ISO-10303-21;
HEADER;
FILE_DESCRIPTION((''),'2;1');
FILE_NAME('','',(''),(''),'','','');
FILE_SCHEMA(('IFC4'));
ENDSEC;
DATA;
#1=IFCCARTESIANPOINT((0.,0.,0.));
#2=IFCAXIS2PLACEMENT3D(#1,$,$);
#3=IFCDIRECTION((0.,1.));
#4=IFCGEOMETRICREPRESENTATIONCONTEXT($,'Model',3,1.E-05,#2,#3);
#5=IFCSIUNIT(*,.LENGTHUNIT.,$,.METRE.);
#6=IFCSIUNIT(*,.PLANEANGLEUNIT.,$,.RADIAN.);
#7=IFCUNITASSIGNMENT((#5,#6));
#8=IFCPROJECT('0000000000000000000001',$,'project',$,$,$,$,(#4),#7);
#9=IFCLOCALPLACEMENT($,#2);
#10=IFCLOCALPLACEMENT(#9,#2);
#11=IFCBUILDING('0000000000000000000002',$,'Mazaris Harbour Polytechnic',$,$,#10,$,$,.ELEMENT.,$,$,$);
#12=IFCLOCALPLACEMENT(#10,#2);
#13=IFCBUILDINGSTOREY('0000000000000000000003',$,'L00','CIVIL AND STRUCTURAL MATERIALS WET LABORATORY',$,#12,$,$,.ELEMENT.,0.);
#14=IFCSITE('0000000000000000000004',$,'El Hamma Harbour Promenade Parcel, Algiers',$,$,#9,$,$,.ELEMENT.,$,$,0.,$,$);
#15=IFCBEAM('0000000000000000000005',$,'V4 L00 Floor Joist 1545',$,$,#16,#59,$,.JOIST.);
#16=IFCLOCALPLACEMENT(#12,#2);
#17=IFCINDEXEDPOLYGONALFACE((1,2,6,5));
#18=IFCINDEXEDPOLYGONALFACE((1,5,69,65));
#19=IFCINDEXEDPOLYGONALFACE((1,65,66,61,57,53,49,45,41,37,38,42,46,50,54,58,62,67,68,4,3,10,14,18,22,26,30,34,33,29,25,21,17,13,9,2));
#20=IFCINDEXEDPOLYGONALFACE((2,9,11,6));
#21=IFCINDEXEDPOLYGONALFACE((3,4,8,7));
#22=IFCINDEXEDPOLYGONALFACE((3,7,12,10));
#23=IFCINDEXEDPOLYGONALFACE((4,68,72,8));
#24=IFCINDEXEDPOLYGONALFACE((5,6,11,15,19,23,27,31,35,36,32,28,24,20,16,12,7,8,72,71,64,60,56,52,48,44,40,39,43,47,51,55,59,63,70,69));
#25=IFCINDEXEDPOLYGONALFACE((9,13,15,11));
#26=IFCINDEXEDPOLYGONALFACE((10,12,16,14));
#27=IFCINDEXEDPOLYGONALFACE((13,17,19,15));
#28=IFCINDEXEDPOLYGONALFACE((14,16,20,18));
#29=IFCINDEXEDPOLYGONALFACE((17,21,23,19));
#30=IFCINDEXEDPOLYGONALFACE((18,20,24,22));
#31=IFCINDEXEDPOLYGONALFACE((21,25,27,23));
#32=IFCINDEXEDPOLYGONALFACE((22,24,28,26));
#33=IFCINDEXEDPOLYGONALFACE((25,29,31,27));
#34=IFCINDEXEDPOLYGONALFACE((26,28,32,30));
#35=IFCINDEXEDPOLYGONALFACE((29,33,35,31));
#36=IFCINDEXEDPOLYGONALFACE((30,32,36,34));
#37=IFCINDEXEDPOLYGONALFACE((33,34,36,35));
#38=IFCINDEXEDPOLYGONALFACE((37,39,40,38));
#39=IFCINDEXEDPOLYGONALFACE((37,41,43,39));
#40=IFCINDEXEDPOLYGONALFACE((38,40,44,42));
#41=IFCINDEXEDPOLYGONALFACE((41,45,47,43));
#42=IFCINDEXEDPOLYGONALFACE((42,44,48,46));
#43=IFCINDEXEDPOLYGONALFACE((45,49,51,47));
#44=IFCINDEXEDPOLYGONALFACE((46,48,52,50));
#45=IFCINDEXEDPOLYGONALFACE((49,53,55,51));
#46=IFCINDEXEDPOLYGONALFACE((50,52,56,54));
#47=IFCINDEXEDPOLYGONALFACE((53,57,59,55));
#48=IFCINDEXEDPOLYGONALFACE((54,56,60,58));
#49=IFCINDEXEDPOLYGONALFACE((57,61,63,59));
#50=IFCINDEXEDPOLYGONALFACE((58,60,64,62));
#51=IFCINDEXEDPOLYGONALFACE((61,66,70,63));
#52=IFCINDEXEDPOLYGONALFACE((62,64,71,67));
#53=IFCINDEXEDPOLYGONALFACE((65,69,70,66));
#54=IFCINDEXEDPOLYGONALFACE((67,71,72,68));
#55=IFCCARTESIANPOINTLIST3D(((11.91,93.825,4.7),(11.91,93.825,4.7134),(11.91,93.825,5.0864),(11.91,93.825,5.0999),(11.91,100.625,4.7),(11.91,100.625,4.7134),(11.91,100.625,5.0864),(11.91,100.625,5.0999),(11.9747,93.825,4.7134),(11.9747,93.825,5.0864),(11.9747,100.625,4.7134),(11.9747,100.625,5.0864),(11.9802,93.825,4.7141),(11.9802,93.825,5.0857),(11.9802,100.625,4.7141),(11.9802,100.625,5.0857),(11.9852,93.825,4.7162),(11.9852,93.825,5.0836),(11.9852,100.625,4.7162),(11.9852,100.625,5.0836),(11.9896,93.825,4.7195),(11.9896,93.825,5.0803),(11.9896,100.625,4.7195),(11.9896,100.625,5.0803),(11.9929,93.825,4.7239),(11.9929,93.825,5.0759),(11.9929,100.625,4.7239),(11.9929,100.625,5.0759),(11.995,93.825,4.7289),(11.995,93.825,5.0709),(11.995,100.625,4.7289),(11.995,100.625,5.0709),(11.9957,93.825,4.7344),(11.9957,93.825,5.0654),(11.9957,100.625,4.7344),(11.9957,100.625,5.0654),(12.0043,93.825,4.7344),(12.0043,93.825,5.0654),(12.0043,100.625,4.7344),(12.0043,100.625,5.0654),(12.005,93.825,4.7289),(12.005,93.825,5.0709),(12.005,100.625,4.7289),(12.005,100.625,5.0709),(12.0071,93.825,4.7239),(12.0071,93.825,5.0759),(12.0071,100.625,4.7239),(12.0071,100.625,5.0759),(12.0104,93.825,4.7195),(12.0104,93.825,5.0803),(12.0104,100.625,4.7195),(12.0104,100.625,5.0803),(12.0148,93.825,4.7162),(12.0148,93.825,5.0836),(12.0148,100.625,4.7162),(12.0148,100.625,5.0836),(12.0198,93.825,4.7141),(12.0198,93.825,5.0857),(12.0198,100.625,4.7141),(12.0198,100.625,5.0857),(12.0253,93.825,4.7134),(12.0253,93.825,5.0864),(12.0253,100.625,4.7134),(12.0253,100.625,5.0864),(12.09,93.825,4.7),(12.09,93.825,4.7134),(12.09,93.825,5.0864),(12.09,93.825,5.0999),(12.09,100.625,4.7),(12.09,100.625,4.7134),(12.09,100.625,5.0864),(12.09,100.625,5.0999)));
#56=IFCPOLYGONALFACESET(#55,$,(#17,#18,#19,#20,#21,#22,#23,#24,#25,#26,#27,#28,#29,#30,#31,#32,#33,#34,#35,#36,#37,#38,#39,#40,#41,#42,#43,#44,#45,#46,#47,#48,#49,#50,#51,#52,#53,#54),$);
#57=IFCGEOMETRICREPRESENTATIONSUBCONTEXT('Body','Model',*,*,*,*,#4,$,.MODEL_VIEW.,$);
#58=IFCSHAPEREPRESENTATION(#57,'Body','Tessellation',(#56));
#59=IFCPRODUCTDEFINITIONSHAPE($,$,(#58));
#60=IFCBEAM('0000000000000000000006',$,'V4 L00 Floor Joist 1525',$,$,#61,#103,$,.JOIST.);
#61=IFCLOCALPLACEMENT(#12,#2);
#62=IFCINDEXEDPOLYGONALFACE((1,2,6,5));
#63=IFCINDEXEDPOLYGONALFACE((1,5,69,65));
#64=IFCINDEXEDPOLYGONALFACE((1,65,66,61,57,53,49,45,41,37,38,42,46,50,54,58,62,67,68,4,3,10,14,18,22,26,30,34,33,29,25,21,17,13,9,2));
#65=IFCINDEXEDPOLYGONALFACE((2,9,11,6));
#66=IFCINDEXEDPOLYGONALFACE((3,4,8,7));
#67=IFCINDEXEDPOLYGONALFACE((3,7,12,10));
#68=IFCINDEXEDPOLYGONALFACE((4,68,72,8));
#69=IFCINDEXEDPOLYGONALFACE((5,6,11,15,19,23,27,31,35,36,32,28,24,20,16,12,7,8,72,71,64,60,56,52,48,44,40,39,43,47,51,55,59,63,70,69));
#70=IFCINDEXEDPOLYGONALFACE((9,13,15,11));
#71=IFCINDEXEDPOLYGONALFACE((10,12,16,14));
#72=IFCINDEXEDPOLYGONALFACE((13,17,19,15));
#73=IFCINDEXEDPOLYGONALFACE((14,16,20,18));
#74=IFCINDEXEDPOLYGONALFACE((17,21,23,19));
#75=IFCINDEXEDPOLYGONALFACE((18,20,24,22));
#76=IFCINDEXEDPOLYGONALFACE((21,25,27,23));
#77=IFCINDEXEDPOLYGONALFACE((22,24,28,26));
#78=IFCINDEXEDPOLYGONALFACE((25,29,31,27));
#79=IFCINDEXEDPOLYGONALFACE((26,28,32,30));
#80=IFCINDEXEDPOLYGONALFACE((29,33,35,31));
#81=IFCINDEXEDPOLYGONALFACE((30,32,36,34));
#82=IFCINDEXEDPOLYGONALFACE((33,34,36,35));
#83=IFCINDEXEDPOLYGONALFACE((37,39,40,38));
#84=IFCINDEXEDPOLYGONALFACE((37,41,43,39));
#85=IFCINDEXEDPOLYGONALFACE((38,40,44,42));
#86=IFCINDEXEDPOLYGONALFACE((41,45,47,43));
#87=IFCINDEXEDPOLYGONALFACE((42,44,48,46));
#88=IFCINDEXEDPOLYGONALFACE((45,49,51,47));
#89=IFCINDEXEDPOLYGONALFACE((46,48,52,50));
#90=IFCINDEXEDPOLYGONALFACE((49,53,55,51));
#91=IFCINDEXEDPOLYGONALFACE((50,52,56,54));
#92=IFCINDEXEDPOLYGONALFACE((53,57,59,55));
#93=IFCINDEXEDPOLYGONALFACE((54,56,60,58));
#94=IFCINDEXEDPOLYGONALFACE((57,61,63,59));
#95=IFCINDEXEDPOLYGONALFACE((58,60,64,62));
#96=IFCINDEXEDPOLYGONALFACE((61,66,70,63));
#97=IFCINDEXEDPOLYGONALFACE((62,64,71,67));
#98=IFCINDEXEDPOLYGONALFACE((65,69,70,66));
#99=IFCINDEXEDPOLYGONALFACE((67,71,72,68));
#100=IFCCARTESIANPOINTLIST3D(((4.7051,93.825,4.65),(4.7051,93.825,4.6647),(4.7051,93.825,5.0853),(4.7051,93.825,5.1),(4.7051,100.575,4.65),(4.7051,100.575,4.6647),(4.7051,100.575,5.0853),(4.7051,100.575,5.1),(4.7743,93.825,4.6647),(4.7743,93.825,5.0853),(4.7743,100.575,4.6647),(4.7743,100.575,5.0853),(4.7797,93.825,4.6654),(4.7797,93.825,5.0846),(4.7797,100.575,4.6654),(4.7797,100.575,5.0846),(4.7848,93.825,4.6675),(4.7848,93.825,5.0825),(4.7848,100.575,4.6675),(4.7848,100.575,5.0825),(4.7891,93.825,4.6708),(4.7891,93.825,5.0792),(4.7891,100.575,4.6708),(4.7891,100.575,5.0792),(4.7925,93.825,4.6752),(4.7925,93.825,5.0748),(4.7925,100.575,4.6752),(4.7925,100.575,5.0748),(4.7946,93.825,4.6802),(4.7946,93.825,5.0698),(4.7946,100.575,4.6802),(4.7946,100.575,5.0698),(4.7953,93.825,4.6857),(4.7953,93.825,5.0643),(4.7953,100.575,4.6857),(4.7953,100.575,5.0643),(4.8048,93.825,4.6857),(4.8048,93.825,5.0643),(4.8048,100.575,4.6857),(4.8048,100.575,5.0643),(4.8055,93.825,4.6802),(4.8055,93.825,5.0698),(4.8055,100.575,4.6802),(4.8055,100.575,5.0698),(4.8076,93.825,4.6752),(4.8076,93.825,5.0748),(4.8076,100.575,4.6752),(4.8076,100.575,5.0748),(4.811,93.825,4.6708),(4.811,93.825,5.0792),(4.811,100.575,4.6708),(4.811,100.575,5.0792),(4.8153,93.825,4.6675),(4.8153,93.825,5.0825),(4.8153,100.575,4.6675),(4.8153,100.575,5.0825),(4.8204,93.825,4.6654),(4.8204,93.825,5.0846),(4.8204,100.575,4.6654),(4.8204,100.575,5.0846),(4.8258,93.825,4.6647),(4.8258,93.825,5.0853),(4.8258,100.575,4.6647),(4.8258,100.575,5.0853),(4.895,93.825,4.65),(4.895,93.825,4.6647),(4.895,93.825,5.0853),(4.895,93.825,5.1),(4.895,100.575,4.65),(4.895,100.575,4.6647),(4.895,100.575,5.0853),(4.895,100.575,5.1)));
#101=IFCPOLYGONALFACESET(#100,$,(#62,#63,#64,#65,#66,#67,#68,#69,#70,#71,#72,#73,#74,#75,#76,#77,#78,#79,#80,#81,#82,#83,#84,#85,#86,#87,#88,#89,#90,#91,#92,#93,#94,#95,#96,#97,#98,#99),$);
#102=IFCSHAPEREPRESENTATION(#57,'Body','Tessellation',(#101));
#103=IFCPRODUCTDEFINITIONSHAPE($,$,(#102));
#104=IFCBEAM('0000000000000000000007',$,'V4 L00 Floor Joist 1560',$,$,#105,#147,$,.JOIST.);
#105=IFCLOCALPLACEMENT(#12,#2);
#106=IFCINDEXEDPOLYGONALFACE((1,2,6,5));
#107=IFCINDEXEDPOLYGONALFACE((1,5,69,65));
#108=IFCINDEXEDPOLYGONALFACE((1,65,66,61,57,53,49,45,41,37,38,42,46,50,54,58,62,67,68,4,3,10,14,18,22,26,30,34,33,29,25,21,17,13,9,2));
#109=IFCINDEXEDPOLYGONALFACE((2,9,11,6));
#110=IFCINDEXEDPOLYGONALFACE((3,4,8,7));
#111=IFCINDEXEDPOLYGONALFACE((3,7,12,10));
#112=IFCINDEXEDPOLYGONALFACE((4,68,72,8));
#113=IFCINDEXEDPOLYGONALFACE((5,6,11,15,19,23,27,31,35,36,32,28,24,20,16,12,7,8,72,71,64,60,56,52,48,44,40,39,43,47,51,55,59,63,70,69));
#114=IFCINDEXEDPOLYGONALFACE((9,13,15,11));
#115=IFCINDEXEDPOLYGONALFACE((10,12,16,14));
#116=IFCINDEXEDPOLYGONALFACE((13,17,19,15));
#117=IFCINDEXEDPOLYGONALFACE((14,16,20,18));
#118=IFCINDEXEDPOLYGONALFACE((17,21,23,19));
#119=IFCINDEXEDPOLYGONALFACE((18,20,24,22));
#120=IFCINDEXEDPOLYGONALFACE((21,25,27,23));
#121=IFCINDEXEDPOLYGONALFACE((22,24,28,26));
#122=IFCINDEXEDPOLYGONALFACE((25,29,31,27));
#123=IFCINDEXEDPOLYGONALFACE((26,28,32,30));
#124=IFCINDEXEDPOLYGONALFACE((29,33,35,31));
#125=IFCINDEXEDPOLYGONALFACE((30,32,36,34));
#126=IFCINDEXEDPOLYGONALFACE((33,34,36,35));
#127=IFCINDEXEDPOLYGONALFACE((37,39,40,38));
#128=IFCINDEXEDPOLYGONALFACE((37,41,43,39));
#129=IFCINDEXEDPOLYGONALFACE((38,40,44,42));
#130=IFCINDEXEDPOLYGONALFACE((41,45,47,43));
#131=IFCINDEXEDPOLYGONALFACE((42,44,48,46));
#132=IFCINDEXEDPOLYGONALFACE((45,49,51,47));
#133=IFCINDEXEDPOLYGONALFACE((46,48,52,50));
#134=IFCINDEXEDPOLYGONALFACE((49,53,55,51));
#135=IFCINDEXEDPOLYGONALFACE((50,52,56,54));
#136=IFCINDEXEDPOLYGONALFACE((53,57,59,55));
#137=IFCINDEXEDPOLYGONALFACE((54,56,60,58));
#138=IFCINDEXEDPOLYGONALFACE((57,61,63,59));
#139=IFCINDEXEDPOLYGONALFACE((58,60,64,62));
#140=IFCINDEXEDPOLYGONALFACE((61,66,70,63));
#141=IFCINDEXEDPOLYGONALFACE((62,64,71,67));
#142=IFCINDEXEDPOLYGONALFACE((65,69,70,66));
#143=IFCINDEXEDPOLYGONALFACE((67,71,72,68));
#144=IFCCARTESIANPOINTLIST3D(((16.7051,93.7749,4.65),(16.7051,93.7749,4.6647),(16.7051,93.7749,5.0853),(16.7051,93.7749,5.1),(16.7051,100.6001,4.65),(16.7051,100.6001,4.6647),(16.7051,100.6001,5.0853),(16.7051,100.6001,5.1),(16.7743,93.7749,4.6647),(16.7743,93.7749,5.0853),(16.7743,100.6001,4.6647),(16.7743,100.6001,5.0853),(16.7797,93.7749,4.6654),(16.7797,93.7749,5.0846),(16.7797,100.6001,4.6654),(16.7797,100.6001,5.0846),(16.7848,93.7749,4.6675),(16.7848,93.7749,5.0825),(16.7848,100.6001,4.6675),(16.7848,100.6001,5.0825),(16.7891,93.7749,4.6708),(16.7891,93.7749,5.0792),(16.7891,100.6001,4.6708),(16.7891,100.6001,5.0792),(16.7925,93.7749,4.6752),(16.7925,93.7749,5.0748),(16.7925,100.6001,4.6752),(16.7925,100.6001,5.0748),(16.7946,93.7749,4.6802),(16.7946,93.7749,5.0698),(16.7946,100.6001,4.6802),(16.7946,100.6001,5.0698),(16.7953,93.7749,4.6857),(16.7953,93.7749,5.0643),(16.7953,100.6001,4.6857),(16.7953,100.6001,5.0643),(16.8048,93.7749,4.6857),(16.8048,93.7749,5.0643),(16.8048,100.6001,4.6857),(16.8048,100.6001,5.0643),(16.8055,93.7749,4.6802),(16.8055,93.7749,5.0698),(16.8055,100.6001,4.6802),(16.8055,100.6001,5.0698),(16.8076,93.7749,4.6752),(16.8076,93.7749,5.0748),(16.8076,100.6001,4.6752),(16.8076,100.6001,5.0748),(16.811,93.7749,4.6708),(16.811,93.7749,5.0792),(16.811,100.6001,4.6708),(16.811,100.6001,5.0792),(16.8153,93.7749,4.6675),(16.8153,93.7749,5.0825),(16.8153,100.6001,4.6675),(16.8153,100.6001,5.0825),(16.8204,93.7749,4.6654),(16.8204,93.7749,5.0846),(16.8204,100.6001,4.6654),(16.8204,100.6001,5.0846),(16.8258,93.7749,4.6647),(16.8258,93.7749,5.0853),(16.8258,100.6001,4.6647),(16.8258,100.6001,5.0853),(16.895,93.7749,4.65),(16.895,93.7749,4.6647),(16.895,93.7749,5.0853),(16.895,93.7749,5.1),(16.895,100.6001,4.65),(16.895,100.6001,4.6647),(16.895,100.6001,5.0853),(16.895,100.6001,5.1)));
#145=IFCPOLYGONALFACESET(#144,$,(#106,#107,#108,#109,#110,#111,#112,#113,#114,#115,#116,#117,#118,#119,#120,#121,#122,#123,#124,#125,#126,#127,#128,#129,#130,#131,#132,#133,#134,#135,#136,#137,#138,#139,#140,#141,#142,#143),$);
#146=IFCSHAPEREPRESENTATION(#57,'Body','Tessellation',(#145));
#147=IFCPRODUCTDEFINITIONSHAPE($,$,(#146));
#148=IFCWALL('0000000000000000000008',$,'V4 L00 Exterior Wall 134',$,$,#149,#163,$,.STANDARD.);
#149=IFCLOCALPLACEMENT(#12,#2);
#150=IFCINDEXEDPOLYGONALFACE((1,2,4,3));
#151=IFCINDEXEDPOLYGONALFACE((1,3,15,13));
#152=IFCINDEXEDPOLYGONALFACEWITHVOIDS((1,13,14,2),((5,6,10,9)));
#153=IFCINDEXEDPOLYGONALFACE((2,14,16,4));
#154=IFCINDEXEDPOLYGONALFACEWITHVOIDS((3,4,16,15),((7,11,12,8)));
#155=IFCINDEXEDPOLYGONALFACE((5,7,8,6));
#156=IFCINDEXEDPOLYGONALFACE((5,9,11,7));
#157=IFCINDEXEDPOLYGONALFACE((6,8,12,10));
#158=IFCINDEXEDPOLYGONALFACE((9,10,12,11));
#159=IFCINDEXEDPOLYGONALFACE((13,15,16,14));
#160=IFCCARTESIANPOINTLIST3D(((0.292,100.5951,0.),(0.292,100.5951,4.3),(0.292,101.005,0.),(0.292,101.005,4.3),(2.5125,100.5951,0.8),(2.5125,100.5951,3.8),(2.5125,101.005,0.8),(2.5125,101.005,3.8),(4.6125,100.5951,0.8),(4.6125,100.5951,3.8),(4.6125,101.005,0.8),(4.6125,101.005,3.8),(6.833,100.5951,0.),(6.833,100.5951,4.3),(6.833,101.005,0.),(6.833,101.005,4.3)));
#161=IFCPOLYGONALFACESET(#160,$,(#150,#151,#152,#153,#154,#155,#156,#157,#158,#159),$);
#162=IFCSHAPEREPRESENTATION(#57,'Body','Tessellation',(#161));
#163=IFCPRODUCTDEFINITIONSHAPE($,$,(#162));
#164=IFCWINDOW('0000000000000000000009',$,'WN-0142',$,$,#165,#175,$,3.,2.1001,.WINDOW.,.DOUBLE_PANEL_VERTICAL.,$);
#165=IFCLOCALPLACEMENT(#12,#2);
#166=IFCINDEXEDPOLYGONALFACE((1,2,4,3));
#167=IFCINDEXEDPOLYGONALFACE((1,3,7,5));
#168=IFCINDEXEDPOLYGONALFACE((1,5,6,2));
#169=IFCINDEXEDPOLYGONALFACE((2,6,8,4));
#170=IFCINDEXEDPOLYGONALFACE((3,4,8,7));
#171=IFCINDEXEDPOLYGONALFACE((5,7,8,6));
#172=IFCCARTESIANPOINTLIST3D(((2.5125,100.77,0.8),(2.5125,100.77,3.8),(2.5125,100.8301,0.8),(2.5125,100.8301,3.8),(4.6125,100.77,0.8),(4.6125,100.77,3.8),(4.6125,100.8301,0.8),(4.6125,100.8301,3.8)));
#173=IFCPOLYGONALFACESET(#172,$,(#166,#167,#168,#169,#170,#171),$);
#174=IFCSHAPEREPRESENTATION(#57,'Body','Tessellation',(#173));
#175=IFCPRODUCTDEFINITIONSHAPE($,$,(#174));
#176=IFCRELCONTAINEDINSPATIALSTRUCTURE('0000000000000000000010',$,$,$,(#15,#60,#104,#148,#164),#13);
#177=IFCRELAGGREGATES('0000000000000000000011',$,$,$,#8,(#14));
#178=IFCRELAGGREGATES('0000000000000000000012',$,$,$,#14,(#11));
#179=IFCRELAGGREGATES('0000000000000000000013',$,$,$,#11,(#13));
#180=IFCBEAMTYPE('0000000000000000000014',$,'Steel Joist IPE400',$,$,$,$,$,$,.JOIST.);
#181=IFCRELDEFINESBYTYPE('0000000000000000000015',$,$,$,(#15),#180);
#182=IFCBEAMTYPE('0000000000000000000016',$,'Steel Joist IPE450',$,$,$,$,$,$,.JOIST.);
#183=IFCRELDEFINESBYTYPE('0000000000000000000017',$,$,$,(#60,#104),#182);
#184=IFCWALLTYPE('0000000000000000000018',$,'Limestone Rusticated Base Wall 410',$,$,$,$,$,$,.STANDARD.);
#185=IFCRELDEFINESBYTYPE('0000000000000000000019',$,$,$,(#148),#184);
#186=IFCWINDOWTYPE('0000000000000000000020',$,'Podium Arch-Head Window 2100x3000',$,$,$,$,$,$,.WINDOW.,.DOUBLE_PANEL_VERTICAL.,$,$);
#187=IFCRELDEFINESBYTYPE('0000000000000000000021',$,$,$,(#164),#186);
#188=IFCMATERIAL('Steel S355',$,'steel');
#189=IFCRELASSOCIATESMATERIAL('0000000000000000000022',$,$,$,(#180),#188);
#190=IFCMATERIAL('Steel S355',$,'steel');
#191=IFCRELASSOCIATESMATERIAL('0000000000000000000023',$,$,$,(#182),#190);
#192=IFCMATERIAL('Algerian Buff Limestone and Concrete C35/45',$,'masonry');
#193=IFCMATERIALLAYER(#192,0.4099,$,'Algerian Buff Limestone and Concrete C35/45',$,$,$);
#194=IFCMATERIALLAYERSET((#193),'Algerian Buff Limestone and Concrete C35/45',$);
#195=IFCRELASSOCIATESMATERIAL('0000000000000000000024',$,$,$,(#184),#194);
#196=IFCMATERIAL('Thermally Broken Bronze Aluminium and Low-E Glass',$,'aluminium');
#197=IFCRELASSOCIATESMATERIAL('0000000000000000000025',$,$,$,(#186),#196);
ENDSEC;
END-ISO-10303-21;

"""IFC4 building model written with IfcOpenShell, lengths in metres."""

from ifc_helpers import new_model, si_unit, direction, frame, frame_2d, origin, origin_2d, place, context, subcontext, project, spatial, rectangle, i_section, extrude, material, layer, layer_set, material_profile, profile_set, type_object, element, fill, save


model = new_model("IFC4")

# Units and contexts
model_context = context("Model", 3, precision=1e-05, world=origin(), true_north=direction((0.0, 1.0)))
body_context = subcontext(model_context, "Body", "Model", "MODEL_VIEW")
ifc_project = project(units=[si_unit("LENGTHUNIT", "METRE"), si_unit("PLANEANGLEUNIT", "RADIAN")], contexts=[model_context])

# Site, building, storey
site_placement = place(None, origin())
site = spatial("IfcSite", under=ifc_project, at=site_placement, Name="El Hamma Harbour Promenade Parcel, Algiers", CompositionType="ELEMENT", RefElevation=0.0)
building_placement = place(site_placement, origin())
building = spatial("IfcBuilding", under=site, at=building_placement, Name="Mazaris Harbour Polytechnic", CompositionType="ELEMENT")
storey_placement = place(building_placement, origin())
storey = spatial("IfcBuildingStorey", under=building, at=storey_placement, Name="L00", Description="CIVIL AND STRUCTURAL MATERIALS WET LABORATORY", CompositionType="ELEMENT", Elevation=0.0)

# Beams
ifc_material_1 = material(Name="Steel S355", Category="steel")
ifc_material_profile_1 = material_profile(ifc_material_1, i_section(OverallWidth=0.1799, OverallDepth=0.3999, WebThickness=0.0085, FlangeThickness=0.0134, FilletRadius=0.021, at=origin_2d()), Name="IPE 400")
ifc_profile_set_1 = profile_set([ifc_material_profile_1], Name="Steel S355")
beam_type_1 = type_object("IfcBeamType", Name="Steel Joist IPE400", PredefinedType="JOIST", material=ifc_profile_set_1)
beam_1_placement = place(storey_placement, frame((12.0, 93.825, 4.8999), z_axis=(0.0, 1.0, 0.0), x_axis=(-1.0, 0.0, 0.0)))
element("IfcBeam", 1, at=beam_1_placement, inside=storey, type_object=beam_type_1, Name="V4 L00 Floor Joist 1545", PredefinedType="JOIST", context=body_context, shape_type="SweptSolid", body=[
    extrude(i_section(OverallWidth=0.1799, OverallDepth=0.3999, WebThickness=0.0085, FlangeThickness=0.0134, FilletRadius=0.021, at=origin_2d()), origin(), (0.0, 0.0, 1.0), 6.8),
])
ifc_material_2 = material(Name="Steel S355", Category="steel")
ifc_material_profile_2 = material_profile(ifc_material_2, i_section(OverallWidth=0.1899, OverallDepth=0.45, WebThickness=0.0095, FlangeThickness=0.0146, FilletRadius=0.021, at=origin_2d()), Name="IPE 450")
ifc_profile_set_2 = profile_set([ifc_material_profile_2], Name="Steel S355")
beam_type_2 = type_object("IfcBeamType", Name="Steel Joist IPE450", PredefinedType="JOIST", material=ifc_profile_set_2)
beam_2_placement = place(storey_placement, frame((4.8, 93.825, 4.875), z_axis=(0.0, 1.0, 0.0), x_axis=(-1.0, 0.0, 0.0)))
element("IfcBeam", 2, at=beam_2_placement, inside=storey, type_object=beam_type_2, Name="V4 L00 Floor Joist 1525", PredefinedType="JOIST", context=body_context, shape_type="SweptSolid", body=[
    extrude(i_section(OverallWidth=0.1899, OverallDepth=0.45, WebThickness=0.0095, FlangeThickness=0.0146, FilletRadius=0.021, at=origin_2d()), origin(), (0.0, 0.0, 1.0), 6.75),
])
beam_3_placement = place(storey_placement, frame((16.8, 93.7749, 4.875), z_axis=(0.0, 1.0, 0.0), x_axis=(-1.0, 0.0, 0.0)))
element("IfcBeam", 3, at=beam_3_placement, inside=storey, type_object=beam_type_2, Name="V4 L00 Floor Joist 1560", PredefinedType="JOIST", context=body_context, shape_type="SweptSolid", body=[
    extrude(i_section(OverallWidth=0.1899, OverallDepth=0.45, WebThickness=0.0095, FlangeThickness=0.0146, FilletRadius=0.021, at=origin_2d()), origin(), (0.0, 0.0, 1.0), 6.8252),
])

# Wall, opening, window
ifc_material_3 = material(Name="Algerian Buff Limestone and Concrete C35/45", Category="masonry")
ifc_layer = layer(ifc_material_3, 0.4099, Name="Algerian Buff Limestone and Concrete C35/45")
ifc_layer_set = layer_set([ifc_layer], Name="Algerian Buff Limestone and Concrete C35/45")
wall_type = type_object("IfcWallType", Name="Limestone Rusticated Base Wall 410", PredefinedType="STANDARD", material=ifc_layer_set)
wall_1_placement = place(storey_placement, frame((0.292, 100.8, 0.0), z_axis=(0.0, 0.0, 1.0), x_axis=(1.0, 0.0, 0.0)))
wall_1 = element("IfcWall", 4, at=wall_1_placement, inside=storey, type_object=wall_type, Name="V4 L00 Exterior Wall 134", PredefinedType="STANDARD", context=body_context, shape_type="SweptSolid", body=[
    extrude(rectangle(XDim=6.541, YDim=0.4099, at=frame_2d((3.2705, 0.0))), origin(), (0.0, 0.0, 1.0), 4.3),
])
opening_1_placement = place(wall_1_placement, frame((2.2205, 0.0, 0.8)))
opening_1 = element("IfcOpeningElement", 5, at=opening_1_placement, cuts=wall_1, PredefinedType="OPENING", context=body_context, shape_type="SweptSolid", body=[
    extrude(rectangle(XDim=2.1001, YDim=3.0, at=frame_2d((1.05, 1.5))), frame((0.0, 0.2148, 0.0), z_axis=(0.0, -1.0, 0.0), x_axis=(1.0, 0.0, 0.0)), (0.0, 0.0, 1.0), 0.4299),
])
ifc_material_4 = material(Name="Thermally Broken Bronze Aluminium and Low-E Glass", Category="aluminium")
window_type = type_object("IfcWindowType", Name="Podium Arch-Head Window 2100x3000", PartitioningType="DOUBLE_PANEL_VERTICAL", PredefinedType="WINDOW", material=ifc_material_4)
window_1_placement = place(opening_1_placement, origin())
window_1 = element("IfcWindow", 6, at=window_1_placement, inside=storey, type_object=window_type, Name="WN-0142", OverallHeight=3.0, OverallWidth=2.1001, PartitioningType="DOUBLE_PANEL_VERTICAL", PredefinedType="WINDOW", context=body_context, shape_type="SweptSolid", body=[
    extrude(rectangle(XDim=2.1001, YDim=3.0, at=frame_2d((1.05, 1.5))), frame((0.0, 0.03, 0.0), z_axis=(0.0, -1.0, 0.0), x_axis=(1.0, 0.0, 0.0)), (0.0, 0.0, 1.0), 0.0601),
])
fill(opening_1, window_1)

save(model, "model.ifc")
